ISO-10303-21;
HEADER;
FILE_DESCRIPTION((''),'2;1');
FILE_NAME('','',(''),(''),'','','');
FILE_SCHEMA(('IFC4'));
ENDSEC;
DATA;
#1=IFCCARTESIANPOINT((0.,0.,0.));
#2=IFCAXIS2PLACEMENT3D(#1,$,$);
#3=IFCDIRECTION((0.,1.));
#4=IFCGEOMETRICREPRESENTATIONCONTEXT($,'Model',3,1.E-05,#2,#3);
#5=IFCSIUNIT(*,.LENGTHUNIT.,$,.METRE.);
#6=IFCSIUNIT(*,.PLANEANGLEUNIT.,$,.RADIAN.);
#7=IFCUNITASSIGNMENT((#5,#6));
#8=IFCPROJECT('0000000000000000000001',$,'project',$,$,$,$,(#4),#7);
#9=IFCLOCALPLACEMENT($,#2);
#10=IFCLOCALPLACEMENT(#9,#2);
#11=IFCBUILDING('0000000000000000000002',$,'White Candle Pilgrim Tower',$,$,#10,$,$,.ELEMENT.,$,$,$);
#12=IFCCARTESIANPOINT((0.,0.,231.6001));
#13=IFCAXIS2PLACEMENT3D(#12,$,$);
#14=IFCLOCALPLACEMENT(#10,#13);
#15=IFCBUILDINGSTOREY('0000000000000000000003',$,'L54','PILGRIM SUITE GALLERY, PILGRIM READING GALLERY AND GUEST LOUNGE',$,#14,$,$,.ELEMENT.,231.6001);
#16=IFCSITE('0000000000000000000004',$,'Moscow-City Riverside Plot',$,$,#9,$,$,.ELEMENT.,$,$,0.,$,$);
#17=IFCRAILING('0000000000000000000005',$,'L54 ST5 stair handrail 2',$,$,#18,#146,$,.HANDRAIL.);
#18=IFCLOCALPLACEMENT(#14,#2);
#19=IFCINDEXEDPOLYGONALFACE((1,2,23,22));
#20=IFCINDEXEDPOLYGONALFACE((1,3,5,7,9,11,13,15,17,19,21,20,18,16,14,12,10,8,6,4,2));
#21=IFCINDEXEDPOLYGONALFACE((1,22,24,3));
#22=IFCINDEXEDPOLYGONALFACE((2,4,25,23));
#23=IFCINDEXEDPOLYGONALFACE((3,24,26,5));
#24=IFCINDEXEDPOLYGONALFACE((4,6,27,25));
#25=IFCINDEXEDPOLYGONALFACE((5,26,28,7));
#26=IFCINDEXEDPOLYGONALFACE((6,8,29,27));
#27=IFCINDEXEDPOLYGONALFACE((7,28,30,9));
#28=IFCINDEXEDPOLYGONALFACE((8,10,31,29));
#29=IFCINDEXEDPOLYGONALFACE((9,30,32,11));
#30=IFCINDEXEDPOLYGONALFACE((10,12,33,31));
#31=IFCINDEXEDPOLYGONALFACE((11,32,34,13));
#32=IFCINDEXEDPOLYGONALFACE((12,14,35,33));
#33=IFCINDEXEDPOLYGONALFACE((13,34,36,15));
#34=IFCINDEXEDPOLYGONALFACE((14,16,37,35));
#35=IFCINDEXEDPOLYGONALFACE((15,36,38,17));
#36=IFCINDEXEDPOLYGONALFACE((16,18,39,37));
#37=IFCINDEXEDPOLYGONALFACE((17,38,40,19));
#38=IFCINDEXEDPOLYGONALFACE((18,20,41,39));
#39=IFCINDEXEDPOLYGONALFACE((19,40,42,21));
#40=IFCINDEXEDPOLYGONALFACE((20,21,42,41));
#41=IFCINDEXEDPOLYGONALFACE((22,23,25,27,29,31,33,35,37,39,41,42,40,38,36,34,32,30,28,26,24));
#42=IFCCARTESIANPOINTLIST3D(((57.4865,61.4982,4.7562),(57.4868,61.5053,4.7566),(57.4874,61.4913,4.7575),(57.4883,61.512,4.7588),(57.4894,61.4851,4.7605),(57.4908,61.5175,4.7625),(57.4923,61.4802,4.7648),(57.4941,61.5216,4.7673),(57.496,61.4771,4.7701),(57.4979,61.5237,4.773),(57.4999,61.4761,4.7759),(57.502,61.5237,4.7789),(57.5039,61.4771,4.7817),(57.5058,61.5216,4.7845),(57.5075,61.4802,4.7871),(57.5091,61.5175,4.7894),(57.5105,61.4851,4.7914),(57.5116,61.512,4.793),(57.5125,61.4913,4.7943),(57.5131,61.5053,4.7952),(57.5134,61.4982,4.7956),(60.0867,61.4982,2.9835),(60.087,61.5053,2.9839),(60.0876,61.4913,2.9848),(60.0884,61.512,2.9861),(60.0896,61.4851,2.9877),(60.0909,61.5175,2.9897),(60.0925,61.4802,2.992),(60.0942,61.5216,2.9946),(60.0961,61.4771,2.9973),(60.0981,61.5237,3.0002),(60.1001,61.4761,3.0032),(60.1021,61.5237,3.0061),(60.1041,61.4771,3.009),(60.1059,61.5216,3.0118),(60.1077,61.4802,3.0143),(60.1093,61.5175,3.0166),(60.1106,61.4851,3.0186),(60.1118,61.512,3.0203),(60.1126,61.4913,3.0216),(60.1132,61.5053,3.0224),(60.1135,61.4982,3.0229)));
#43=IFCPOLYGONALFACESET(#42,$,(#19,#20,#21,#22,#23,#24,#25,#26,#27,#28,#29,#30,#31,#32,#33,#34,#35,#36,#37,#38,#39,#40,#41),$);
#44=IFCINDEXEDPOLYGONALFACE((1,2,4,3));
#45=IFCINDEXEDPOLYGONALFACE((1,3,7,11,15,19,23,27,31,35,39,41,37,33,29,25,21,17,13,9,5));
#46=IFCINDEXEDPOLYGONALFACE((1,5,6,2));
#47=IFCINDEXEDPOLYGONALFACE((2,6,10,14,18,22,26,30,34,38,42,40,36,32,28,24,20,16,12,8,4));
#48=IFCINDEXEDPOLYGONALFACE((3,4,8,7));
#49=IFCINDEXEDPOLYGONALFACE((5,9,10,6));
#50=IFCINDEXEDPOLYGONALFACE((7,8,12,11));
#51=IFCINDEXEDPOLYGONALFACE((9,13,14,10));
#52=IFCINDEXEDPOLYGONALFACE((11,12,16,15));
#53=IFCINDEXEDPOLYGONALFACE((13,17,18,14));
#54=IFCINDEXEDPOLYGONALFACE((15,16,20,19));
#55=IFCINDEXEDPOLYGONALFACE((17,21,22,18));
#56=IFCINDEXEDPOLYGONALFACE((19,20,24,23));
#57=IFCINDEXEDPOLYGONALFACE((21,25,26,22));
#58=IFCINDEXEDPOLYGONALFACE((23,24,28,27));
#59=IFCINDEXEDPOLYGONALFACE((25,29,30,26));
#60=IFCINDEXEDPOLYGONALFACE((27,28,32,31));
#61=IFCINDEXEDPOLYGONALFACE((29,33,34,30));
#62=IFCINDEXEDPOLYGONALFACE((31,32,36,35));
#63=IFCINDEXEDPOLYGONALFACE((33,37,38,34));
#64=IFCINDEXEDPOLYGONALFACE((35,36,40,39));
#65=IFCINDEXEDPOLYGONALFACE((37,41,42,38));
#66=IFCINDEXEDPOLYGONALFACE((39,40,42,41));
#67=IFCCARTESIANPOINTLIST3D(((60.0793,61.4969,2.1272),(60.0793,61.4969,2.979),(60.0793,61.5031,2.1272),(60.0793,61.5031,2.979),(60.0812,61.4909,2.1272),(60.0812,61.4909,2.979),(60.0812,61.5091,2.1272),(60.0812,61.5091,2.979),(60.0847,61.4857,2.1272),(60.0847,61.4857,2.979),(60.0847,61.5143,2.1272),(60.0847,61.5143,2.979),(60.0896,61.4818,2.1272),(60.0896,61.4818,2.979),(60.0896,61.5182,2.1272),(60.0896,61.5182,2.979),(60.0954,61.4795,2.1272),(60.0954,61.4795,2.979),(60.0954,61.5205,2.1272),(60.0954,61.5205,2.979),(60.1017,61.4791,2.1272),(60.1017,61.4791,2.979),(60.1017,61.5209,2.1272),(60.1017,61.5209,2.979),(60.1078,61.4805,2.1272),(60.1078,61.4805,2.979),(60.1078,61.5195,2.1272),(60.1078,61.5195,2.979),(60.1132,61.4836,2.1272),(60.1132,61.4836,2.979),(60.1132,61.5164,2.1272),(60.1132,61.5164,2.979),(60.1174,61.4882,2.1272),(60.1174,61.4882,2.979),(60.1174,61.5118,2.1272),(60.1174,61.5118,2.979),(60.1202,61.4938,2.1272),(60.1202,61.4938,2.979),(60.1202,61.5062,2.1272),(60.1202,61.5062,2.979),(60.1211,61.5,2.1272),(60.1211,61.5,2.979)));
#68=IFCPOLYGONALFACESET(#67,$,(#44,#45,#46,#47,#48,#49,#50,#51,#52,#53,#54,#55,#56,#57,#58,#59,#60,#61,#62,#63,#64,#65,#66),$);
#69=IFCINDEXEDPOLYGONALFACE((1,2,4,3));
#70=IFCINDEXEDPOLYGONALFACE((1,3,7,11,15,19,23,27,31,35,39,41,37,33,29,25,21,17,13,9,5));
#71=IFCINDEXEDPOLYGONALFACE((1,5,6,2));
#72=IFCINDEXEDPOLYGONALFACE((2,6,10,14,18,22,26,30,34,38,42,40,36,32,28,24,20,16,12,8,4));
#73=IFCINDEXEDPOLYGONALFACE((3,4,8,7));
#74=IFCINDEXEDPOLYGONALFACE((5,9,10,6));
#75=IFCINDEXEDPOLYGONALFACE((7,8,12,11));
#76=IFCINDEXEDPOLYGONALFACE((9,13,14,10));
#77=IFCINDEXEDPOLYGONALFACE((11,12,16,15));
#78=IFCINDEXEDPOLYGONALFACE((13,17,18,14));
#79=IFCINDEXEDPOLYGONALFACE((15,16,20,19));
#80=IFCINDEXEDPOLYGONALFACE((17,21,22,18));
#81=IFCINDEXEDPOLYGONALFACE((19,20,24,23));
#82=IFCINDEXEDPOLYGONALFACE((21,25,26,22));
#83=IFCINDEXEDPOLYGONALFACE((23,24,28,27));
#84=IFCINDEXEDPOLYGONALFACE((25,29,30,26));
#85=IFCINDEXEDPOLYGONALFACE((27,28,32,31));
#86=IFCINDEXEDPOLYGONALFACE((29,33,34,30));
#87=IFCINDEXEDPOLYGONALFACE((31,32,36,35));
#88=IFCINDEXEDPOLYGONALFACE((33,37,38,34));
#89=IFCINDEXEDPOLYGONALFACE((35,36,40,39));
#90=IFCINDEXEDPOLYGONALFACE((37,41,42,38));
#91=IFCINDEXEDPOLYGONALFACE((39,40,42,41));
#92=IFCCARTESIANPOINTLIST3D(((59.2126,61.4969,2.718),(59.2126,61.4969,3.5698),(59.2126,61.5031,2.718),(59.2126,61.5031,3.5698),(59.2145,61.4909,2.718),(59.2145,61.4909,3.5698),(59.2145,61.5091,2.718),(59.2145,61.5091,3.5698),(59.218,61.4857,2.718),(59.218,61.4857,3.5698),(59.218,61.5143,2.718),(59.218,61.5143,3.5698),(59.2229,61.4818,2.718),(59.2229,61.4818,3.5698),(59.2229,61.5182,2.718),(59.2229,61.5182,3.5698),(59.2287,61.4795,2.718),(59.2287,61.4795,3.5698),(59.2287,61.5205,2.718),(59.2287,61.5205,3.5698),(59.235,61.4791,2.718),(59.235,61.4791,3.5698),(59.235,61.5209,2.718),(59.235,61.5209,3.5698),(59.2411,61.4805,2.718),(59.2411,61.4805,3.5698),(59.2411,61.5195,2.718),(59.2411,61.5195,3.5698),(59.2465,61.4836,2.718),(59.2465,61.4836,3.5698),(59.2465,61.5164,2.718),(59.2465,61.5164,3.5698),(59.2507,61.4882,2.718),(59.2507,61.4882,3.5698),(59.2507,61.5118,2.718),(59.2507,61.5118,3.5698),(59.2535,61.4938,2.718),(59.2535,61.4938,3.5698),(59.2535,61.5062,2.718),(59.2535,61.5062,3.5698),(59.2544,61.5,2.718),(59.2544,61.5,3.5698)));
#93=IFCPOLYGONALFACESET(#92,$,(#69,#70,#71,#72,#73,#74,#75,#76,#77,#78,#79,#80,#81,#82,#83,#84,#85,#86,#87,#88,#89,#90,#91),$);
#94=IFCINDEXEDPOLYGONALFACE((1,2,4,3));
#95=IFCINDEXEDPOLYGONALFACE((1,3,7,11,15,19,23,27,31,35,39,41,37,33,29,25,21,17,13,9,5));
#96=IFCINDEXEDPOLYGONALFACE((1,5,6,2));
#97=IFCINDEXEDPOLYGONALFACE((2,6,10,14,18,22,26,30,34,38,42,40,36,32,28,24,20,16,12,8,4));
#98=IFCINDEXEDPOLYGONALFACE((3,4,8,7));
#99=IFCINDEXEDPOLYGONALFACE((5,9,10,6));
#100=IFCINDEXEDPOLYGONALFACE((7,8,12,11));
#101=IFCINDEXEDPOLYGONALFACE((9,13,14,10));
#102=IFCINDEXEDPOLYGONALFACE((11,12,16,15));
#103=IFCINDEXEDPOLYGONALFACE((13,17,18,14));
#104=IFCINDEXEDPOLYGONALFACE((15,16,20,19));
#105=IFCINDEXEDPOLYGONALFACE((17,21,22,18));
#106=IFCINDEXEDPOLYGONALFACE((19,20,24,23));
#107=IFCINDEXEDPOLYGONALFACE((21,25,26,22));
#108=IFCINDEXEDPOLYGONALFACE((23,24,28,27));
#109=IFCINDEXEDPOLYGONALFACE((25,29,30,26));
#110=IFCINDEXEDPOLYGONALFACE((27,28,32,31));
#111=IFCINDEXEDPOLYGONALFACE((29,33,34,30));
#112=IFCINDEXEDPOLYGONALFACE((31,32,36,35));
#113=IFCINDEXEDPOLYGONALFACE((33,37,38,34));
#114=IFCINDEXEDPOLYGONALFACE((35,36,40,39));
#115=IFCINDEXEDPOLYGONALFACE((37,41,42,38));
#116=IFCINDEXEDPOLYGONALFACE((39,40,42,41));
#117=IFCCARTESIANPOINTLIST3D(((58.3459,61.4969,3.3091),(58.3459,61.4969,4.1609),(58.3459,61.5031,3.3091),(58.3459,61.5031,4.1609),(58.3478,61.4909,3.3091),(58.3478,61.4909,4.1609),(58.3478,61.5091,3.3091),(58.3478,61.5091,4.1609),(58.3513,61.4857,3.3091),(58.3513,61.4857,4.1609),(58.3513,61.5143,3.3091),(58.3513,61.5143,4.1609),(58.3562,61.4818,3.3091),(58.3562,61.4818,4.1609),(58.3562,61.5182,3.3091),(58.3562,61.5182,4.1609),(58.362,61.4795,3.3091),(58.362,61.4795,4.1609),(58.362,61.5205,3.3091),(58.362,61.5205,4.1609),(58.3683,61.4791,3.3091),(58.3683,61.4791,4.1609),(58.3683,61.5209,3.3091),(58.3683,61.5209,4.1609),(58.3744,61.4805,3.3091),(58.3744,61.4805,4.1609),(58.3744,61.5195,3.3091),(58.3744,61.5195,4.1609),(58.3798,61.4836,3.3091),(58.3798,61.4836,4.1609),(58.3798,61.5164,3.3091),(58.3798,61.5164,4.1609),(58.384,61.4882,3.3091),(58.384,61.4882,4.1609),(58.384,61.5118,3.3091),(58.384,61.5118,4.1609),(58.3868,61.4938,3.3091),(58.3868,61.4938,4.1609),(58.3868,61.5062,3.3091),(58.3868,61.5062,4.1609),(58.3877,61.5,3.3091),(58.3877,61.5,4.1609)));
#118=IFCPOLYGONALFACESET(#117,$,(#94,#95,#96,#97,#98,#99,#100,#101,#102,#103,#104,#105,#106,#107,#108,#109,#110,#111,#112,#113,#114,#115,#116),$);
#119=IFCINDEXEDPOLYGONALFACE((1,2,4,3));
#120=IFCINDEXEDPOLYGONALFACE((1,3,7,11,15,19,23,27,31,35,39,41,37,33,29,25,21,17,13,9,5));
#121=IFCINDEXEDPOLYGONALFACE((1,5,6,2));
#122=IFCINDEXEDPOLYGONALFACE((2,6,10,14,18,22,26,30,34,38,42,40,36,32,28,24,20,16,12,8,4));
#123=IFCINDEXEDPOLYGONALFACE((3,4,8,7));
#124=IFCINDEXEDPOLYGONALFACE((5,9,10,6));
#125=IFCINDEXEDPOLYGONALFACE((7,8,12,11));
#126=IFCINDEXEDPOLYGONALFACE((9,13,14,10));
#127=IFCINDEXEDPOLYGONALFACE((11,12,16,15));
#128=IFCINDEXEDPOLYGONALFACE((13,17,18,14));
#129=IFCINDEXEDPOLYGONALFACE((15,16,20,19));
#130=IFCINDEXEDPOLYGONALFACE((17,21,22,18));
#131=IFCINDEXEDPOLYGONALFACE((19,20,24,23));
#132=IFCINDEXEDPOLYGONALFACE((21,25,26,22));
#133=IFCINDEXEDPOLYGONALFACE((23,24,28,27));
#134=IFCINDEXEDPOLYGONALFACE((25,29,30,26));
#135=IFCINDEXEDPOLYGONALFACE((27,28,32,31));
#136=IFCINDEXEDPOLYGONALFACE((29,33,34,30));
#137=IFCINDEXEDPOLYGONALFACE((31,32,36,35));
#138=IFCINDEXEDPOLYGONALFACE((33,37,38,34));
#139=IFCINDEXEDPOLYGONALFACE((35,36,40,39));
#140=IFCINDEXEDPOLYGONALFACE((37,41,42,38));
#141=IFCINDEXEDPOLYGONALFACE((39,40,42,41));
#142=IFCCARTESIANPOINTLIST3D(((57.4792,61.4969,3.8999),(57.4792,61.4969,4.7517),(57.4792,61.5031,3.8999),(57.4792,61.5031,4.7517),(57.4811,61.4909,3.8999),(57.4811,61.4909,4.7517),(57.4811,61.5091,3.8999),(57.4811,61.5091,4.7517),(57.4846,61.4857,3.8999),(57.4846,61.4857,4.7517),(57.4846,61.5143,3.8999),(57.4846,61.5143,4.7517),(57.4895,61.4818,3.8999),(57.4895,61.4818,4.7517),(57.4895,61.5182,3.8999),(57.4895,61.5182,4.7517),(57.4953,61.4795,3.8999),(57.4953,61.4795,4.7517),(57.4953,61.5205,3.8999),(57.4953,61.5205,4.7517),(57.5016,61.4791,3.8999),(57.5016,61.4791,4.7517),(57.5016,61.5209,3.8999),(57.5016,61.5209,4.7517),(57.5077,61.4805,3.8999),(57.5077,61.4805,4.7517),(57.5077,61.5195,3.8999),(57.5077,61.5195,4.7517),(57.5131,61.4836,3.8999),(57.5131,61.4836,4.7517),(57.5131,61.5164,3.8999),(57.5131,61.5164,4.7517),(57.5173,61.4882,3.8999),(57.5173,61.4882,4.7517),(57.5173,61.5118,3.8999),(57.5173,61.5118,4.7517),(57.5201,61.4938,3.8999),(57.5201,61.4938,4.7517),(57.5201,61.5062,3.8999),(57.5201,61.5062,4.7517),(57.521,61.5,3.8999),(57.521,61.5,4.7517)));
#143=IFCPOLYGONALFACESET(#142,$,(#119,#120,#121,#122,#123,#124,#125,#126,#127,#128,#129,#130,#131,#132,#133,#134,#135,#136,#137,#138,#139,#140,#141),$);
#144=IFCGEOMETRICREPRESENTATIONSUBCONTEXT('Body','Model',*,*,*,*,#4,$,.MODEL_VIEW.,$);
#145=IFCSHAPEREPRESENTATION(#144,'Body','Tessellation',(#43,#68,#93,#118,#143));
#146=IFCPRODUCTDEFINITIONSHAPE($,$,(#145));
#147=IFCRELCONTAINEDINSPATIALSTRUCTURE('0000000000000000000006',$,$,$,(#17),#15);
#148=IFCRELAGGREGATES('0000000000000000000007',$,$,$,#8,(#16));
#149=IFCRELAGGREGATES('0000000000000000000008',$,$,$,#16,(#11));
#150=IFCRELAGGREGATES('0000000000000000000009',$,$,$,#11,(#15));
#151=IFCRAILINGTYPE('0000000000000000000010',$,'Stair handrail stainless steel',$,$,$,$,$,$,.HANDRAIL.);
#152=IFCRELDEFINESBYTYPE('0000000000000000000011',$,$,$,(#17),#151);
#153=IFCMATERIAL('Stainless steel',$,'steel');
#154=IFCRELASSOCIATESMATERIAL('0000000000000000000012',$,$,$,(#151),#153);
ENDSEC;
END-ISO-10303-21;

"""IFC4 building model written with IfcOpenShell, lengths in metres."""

from ifc_helpers import new_model, si_unit, direction, frame, origin, origin_2d, place, context, subcontext, project, spatial, circle, extrude, material, type_object, element, save


model = new_model("IFC4")

# Units and contexts
model_context = context("Model", 3, precision=1e-05, world=origin(), true_north=direction((0.0, 1.0)))
body_context = subcontext(model_context, "Body", "Model", "MODEL_VIEW")
ifc_project = project(units=[si_unit("LENGTHUNIT", "METRE"), si_unit("PLANEANGLEUNIT", "RADIAN")], contexts=[model_context])

# Site, building, storey
site_placement = place(None, origin())
site = spatial("IfcSite", under=ifc_project, at=site_placement, Name="Moscow-City Riverside Plot", CompositionType="ELEMENT", RefElevation=0.0)
building_placement = place(site_placement, origin())
building = spatial("IfcBuilding", under=site, at=building_placement, Name="White Candle Pilgrim Tower", CompositionType="ELEMENT")
storey_placement = place(building_placement, frame((0.0, 0.0, 231.6001)))
storey = spatial("IfcBuildingStorey", under=building, at=storey_placement, Name="L54", Description="PILGRIM SUITE GALLERY, PILGRIM READING GALLERY AND GUEST LOUNGE", CompositionType="ELEMENT", Elevation=231.6001)

# Railing
ifc_material_1 = material(Name="Stainless steel", Category="steel")
railing_type_1 = type_object("IfcRailingType", Name="Stair handrail stainless steel", PredefinedType="HANDRAIL", material=ifc_material_1)
railing_1_placement = place(storey_placement, frame((60.1001, 61.5, 2.1272)))
element("IfcRailing", 1, at=railing_1_placement, inside=storey, type_object=railing_type_1, Name="L54 ST5 stair handrail 2", PredefinedType="HANDRAIL", context=body_context, shape_type="SweptSolid", body=[
    extrude(circle(Radius=0.0239, at=origin_2d()), frame((0.0, 0.0, 0.876), z_axis=(-0.82624, 0.0, 0.563318), x_axis=(0.0, -1.0, 0.0)), (0.0, 0.0, 1.0), 3.147),
    extrude(circle(Radius=0.021, at=origin_2d()), origin(), (0.0, 0.0, 1.0), 0.8518),
    extrude(circle(Radius=0.021, at=origin_2d()), frame((-0.8667, 0.0, 0.5908)), (0.0, 0.0, 1.0), 0.8518),
    extrude(circle(Radius=0.021, at=origin_2d()), frame((-1.7334, 0.0, 1.1819)), (0.0, 0.0, 1.0), 0.8518),
    extrude(circle(Radius=0.021, at=origin_2d()), frame((-2.6001, 0.0, 1.7727)), (0.0, 0.0, 1.0), 0.8518),
])

save(model, "model.ifc")
